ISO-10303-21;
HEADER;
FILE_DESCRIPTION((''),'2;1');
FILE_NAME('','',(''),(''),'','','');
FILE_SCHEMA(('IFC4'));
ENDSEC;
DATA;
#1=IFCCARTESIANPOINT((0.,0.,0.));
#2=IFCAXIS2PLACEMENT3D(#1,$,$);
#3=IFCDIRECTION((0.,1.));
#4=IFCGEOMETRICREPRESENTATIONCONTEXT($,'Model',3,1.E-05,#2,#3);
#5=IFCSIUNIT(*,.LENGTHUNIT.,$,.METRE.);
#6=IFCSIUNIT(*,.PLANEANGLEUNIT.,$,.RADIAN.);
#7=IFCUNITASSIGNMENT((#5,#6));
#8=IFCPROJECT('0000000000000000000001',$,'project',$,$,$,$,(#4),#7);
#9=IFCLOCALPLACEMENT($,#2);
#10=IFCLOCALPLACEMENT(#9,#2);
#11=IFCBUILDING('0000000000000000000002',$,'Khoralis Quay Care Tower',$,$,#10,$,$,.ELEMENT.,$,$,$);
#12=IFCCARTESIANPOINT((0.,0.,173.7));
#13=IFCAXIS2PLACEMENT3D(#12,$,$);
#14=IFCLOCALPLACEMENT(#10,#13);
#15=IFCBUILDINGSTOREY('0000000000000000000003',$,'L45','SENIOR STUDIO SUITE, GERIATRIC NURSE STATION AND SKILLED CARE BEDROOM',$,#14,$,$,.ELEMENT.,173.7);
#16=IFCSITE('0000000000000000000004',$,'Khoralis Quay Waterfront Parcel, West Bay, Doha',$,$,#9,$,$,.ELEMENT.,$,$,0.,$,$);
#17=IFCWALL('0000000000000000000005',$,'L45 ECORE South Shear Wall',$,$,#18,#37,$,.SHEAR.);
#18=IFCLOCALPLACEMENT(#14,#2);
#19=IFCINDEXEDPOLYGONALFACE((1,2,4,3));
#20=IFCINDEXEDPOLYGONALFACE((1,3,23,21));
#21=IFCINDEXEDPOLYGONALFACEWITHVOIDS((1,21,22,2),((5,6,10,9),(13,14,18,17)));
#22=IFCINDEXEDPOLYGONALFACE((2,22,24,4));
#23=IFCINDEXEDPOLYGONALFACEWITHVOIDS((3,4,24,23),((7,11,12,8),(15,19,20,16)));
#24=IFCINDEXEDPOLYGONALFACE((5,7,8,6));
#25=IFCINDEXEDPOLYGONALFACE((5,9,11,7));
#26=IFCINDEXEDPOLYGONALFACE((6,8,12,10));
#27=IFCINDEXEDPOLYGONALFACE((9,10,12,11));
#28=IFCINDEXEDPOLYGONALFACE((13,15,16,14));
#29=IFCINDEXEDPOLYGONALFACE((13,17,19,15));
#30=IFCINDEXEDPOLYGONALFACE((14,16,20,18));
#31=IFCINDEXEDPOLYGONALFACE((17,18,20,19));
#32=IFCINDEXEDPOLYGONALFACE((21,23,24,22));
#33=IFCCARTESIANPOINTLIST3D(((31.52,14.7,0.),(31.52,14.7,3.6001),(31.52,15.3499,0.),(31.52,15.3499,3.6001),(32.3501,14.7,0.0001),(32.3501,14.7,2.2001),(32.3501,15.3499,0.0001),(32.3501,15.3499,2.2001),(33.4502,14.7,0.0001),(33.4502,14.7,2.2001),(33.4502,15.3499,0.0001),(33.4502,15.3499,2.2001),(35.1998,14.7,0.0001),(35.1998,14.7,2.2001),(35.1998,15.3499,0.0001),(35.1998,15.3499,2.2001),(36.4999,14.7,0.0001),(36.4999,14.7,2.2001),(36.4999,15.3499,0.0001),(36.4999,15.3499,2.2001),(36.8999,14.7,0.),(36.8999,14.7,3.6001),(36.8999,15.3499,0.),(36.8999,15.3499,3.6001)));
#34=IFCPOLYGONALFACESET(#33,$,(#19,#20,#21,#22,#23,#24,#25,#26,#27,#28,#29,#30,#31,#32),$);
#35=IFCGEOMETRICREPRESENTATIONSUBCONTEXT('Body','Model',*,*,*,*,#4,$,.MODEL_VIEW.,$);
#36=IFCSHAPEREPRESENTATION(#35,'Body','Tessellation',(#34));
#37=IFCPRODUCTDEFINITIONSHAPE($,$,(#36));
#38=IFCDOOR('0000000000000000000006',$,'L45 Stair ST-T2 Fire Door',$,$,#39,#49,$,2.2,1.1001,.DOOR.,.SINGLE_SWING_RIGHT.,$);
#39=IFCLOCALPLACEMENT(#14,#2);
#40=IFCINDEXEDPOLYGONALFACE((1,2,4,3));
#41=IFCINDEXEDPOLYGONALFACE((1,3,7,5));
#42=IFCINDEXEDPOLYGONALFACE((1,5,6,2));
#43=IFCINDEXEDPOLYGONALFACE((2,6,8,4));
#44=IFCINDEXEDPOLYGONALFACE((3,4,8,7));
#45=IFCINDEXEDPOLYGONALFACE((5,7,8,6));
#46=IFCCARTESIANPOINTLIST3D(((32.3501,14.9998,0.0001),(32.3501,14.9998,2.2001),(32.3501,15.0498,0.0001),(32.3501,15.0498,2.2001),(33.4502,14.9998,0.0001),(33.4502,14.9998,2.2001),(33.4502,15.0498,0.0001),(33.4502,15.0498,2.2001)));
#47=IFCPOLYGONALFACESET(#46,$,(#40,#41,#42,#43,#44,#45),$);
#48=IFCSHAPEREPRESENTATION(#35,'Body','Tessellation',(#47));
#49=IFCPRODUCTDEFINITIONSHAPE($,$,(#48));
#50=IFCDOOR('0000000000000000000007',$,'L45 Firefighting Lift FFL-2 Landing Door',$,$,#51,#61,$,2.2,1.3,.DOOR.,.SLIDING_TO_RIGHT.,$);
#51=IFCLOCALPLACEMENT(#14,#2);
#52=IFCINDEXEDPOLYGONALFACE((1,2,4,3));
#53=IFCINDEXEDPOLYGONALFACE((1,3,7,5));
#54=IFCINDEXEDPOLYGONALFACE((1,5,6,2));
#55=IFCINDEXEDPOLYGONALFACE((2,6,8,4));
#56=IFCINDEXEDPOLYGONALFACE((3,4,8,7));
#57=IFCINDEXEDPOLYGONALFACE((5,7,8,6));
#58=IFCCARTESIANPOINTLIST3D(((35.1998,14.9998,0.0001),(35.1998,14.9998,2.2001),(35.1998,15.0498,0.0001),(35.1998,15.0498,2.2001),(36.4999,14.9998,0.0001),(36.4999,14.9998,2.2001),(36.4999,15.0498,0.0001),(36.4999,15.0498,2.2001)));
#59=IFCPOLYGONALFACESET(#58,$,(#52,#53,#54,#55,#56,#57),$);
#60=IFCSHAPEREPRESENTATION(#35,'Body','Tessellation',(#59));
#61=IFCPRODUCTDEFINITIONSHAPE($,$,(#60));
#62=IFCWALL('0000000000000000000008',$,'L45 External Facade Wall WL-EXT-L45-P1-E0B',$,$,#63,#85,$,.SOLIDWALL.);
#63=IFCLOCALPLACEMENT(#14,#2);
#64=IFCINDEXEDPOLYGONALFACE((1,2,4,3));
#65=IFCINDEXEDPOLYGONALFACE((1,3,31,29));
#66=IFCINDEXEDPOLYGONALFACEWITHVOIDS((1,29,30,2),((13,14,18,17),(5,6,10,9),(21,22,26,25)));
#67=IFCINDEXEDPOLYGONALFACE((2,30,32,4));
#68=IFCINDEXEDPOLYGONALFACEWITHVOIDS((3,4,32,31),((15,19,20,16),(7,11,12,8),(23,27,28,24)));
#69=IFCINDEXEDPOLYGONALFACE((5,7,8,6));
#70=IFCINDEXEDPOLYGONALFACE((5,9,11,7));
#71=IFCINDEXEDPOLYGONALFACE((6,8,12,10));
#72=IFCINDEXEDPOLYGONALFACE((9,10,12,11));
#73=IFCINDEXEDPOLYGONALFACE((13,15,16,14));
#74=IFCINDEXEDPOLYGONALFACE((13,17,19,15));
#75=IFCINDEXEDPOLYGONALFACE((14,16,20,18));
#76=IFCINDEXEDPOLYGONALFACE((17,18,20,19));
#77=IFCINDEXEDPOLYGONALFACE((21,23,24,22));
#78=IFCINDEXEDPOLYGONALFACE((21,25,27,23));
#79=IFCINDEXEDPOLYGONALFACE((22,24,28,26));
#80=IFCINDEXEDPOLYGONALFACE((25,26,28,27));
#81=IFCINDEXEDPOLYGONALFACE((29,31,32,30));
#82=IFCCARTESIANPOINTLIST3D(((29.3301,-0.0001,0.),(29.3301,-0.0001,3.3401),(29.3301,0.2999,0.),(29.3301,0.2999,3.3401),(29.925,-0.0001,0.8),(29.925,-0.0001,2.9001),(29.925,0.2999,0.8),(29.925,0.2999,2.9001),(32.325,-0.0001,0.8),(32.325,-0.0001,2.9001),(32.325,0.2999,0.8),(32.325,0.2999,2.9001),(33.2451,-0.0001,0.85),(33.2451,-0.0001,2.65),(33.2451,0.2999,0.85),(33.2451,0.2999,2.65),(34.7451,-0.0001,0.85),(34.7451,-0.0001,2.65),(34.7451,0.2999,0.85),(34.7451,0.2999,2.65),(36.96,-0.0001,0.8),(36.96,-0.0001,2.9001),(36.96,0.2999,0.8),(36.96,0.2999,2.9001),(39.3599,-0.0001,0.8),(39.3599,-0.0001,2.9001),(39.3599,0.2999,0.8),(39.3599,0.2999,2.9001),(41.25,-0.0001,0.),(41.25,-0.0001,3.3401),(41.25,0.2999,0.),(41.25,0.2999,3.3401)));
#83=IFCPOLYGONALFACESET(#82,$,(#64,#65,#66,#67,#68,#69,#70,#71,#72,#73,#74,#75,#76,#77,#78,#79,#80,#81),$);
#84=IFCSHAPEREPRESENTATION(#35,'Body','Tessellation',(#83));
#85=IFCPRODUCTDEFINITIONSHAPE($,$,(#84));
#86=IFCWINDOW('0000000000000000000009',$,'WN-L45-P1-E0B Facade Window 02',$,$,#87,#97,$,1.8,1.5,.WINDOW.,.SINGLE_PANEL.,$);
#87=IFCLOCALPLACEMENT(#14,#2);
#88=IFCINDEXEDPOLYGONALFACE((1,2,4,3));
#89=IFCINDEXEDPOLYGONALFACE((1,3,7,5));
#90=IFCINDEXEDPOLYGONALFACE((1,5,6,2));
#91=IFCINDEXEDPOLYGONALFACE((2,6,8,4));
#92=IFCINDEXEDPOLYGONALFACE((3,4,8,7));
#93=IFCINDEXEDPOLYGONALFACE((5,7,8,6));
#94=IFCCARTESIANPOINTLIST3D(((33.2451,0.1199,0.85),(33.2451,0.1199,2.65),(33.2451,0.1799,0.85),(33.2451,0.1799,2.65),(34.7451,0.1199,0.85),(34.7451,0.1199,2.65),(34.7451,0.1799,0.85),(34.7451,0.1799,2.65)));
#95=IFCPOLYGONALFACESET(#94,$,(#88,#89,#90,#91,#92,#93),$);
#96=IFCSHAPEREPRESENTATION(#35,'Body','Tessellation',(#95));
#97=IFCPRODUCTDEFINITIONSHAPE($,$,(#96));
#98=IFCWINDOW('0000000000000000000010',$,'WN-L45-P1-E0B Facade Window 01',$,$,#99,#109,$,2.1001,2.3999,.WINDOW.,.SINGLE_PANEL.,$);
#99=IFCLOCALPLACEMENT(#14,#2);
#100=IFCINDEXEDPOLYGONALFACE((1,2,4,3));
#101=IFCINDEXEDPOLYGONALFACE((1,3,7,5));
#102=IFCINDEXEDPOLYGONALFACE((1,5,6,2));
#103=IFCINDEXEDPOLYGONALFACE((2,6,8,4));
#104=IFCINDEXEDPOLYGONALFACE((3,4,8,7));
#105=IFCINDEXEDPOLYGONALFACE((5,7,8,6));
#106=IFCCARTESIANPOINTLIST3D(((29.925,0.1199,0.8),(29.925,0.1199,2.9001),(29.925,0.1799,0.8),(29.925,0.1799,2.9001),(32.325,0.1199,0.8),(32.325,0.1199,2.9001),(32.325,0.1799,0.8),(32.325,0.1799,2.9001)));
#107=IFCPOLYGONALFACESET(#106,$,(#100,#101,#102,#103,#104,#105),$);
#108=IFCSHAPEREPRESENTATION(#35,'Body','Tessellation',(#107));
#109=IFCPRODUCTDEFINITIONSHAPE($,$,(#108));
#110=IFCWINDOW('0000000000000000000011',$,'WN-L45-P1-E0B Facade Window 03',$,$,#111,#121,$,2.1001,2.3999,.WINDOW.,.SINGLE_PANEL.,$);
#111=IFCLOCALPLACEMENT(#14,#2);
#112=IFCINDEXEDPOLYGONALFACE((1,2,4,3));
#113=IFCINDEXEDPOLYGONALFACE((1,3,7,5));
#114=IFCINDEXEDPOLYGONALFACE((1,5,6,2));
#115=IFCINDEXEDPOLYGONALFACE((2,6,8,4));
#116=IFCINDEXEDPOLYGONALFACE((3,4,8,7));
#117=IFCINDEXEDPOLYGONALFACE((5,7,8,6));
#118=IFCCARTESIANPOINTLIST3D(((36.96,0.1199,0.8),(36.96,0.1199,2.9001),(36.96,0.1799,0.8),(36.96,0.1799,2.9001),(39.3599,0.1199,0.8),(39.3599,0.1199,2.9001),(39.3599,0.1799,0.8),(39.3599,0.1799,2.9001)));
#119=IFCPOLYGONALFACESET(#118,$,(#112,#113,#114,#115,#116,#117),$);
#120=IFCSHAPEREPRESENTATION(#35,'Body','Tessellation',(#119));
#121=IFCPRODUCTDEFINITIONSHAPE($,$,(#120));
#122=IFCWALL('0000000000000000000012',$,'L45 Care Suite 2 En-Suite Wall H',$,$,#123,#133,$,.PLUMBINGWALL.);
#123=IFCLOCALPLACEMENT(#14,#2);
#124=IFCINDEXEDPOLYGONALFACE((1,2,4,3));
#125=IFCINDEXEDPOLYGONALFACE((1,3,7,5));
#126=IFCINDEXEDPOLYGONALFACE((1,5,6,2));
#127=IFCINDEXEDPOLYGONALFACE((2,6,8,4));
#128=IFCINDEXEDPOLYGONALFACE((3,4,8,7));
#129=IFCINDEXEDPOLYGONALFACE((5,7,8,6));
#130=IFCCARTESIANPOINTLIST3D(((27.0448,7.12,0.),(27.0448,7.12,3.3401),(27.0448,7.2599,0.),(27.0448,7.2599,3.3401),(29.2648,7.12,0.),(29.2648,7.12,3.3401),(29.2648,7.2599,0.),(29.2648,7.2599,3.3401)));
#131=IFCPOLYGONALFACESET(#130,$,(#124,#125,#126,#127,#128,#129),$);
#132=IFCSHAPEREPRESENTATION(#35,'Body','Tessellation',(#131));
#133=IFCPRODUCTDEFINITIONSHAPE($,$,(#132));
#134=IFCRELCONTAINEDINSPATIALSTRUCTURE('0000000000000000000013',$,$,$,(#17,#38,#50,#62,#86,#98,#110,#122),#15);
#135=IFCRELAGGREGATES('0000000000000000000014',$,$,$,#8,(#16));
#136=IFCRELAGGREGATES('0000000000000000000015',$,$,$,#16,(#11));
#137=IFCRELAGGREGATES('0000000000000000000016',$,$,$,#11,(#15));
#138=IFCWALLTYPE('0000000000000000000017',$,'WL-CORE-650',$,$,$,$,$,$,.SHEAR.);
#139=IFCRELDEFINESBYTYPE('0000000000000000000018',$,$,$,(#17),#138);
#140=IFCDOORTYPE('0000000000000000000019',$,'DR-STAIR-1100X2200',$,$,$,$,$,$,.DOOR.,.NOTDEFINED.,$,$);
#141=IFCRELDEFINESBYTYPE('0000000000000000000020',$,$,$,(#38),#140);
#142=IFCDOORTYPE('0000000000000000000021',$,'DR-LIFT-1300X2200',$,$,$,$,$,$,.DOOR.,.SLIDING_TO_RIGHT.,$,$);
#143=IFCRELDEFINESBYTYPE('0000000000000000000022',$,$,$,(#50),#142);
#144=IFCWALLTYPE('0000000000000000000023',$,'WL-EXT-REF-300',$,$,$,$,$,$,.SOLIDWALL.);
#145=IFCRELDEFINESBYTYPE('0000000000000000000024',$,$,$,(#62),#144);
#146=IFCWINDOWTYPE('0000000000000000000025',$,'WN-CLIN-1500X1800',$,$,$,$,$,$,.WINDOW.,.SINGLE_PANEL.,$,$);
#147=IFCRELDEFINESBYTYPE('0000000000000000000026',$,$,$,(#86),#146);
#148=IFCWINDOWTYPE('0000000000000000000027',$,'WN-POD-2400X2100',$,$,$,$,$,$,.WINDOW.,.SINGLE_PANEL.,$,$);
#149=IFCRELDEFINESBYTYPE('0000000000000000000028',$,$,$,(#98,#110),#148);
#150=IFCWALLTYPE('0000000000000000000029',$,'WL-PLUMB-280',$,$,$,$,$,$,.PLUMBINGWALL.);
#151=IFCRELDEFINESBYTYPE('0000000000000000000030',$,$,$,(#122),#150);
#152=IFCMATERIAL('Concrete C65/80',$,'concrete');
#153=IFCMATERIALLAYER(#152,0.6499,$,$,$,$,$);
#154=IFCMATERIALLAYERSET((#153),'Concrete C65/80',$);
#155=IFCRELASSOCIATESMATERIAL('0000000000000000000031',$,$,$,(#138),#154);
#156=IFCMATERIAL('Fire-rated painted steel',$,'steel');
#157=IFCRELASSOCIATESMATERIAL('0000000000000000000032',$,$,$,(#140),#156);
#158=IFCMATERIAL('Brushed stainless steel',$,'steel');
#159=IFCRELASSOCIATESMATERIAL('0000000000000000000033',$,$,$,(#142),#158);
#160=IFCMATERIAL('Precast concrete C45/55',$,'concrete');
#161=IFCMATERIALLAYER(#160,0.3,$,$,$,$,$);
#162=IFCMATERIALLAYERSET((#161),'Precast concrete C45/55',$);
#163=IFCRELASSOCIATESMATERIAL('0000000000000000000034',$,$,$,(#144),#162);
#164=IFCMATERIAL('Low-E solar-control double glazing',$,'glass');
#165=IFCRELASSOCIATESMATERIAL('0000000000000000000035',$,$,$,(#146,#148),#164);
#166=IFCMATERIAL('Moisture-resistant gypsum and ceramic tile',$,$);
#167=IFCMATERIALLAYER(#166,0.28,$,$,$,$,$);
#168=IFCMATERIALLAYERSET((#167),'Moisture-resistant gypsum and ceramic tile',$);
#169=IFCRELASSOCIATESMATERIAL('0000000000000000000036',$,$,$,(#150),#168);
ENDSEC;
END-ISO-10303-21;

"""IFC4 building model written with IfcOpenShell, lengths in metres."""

from ifc_helpers import new_model, si_unit, direction, frame, frame_2d, origin, place, context, subcontext, project, spatial, rectangle, extrude, source, transform, mapped, material, layer, layer_set, type_object, element, fill, save


model = new_model("IFC4")

# Units and contexts
model_context = context("Model", 3, precision=1e-05, world=origin(), true_north=direction((0.0, 1.0)))
body_context = subcontext(model_context, "Body", "Model", "MODEL_VIEW")
ifc_project = project(units=[si_unit("LENGTHUNIT", "METRE"), si_unit("PLANEANGLEUNIT", "RADIAN")], contexts=[model_context])

# Site, building, storey
site_placement = place(None, origin())
site = spatial("IfcSite", under=ifc_project, at=site_placement, Name="Khoralis Quay Waterfront Parcel, West Bay, Doha", CompositionType="ELEMENT", RefElevation=0.0)
building_placement = place(site_placement, origin())
building = spatial("IfcBuilding", under=site, at=building_placement, Name="Khoralis Quay Care Tower", CompositionType="ELEMENT")
storey_placement = place(building_placement, frame((0.0, 0.0, 173.7)))
storey = spatial("IfcBuildingStorey", under=building, at=storey_placement, Name="L45", Description="SENIOR STUDIO SUITE, GERIATRIC NURSE STATION AND SKILLED CARE BEDROOM", CompositionType="ELEMENT", Elevation=173.7)

# Shared definitions
ifc_material_1 = material(Name="Concrete C65/80", Category="concrete")

# Shared definitions
ifc_material_2 = material(Name="Fire-rated painted steel", Category="steel")

# Shared definitions
ifc_layer_1 = layer(ifc_material_1, 0.6499)
ifc_layer_set_1 = layer_set([ifc_layer_1], Name="Concrete C65/80")
wall_type_1 = type_object("IfcWallType", Name="WL-CORE-650", PredefinedType="SHEAR", material=ifc_layer_set_1)

# Wall, openings, doors
wall_1_placement = place(storey_placement, frame((31.52, 15.0249, 0.0), z_axis=(0.0, 0.0, 1.0), x_axis=(1.0, 0.0, 0.0)))
wall_1 = element("IfcWall", 1, at=wall_1_placement, inside=storey, type_object=wall_type_1, Name="L45 ECORE South Shear Wall", PredefinedType="SHEAR", context=body_context, shape_type="SweptSolid", body=[
    extrude(rectangle(XDim=5.3799, YDim=0.6499, at=frame_2d((2.6899, 0.0))), origin(), (0.0, 0.0, 1.0), 3.6001),
])
opening_1_placement = place(wall_1_placement, frame((0.8301, 0.0, 0.0)))
opening_1 = element("IfcOpeningElement", 2, at=opening_1_placement, cuts=wall_1, PredefinedType="OPENING", context=body_context, shape_type="SweptSolid", body=[
    extrude(rectangle(XDim=1.1001, YDim=2.2, at=frame_2d((0.55, 1.1001))), frame((0.0, 0.335, 0.0), z_axis=(0.0, -1.0, 0.0), x_axis=(1.0, 0.0, 0.0)), (0.0, 0.0, 1.0), 0.6699),
])
opening_2_placement = place(wall_1_placement, frame((3.6799, 0.0, 0.0)))
opening_2 = element("IfcOpeningElement", 3, at=opening_2_placement, cuts=wall_1, PredefinedType="OPENING", context=body_context, shape_type="SweptSolid", body=[
    extrude(rectangle(XDim=1.3, YDim=2.2, at=frame_2d((0.6499, 1.1001))), frame((0.0, 0.335, 0.0), z_axis=(0.0, -1.0, 0.0), x_axis=(1.0, 0.0, 0.0)), (0.0, 0.0, 1.0), 0.6699),
])
door_type_1 = type_object("IfcDoorType", Name="DR-STAIR-1100X2200", OperationType="NOTDEFINED", PredefinedType="DOOR", material=ifc_material_2)
shared_shape_1 = source(origin(), body_context, "Body", "SweptSolid", [
    extrude(rectangle(XDim=1.1001, YDim=2.2, at=frame_2d((0.55, 1.1001))), frame((0.0, 0.0249, 0.0), z_axis=(0.0, -1.0, 0.0), x_axis=(1.0, 0.0, 0.0)), (0.0, 0.0, 1.0), 0.05),
])
door_1_placement = place(opening_1_placement, origin())
door_1 = element("IfcDoor", 4, at=door_1_placement, inside=storey, type_object=door_type_1, Name="L45 Stair ST-T2 Fire Door", OperationType="SINGLE_SWING_RIGHT", OverallHeight=2.2, OverallWidth=1.1001, PredefinedType="DOOR", context=body_context, shape_type="MappedRepresentation", body=[
    mapped(shared_shape_1, transform((0.0, 0.0, 0.0), scale=1.0)),
])
fill(opening_1, door_1)
ifc_material_3 = material(Name="Brushed stainless steel", Category="steel")
door_type_2 = type_object("IfcDoorType", Name="DR-LIFT-1300X2200", OperationType="SLIDING_TO_RIGHT", PredefinedType="DOOR", material=ifc_material_3)
shared_shape_2 = source(origin(), body_context, "Body", "SweptSolid", [
    extrude(rectangle(XDim=1.3, YDim=2.2, at=frame_2d((0.6499, 1.1001))), frame((0.0, 0.0249, 0.0), z_axis=(0.0, -1.0, 0.0), x_axis=(1.0, 0.0, 0.0)), (0.0, 0.0, 1.0), 0.05),
])
door_2_placement = place(opening_2_placement, origin())
door_2 = element("IfcDoor", 5, at=door_2_placement, inside=storey, type_object=door_type_2, Name="L45 Firefighting Lift FFL-2 Landing Door", OperationType="SLIDING_TO_RIGHT", OverallHeight=2.2, OverallWidth=1.3, PredefinedType="DOOR", context=body_context, shape_type="MappedRepresentation", body=[
    mapped(shared_shape_2, transform((0.0, 0.0, 0.0), scale=1.0)),
])
fill(opening_2, door_2)

# Wall, openings, windows
ifc_material_4 = material(Name="Precast concrete C45/55", Category="concrete")
ifc_layer_2 = layer(ifc_material_4, 0.3)
ifc_layer_set_2 = layer_set([ifc_layer_2], Name="Precast concrete C45/55")
wall_type_2 = type_object("IfcWallType", Name="WL-EXT-REF-300", PredefinedType="SOLIDWALL", material=ifc_layer_set_2)
wall_2_placement = place(storey_placement, frame((29.3301, 0.1499, 0.0), z_axis=(0.0, 0.0, 1.0), x_axis=(1.0, 0.0, 0.0)))
wall_2 = element("IfcWall", 6, at=wall_2_placement, inside=storey, type_object=wall_type_2, Name="L45 External Facade Wall WL-EXT-L45-P1-E0B", PredefinedType="SOLIDWALL", context=body_context, shape_type="SweptSolid", body=[
    extrude(rectangle(XDim=11.9199, YDim=0.3, at=frame_2d((5.96, 0.0))), origin(), (0.0, 0.0, 1.0), 3.3401),
])
opening_3_placement = place(wall_2_placement, frame((0.595, 0.0, 0.8)))
opening_3 = element("IfcOpeningElement", 7, at=opening_3_placement, cuts=wall_2, PredefinedType="OPENING", context=body_context, shape_type="SweptSolid", body=[
    extrude(rectangle(XDim=2.3999, YDim=2.1001, at=frame_2d((1.2, 1.05))), frame((0.0, 0.1602, 0.0), z_axis=(0.0, -1.0, 0.0), x_axis=(1.0, 0.0, 0.0)), (0.0, 0.0, 1.0), 0.3201),
])
opening_4_placement = place(wall_2_placement, frame((3.915, 0.0, 0.8501)))
opening_4 = element("IfcOpeningElement", 8, at=opening_4_placement, cuts=wall_2, PredefinedType="OPENING", context=body_context, shape_type="SweptSolid", body=[
    extrude(rectangle(XDim=1.5, YDim=1.8, at=frame_2d((0.75, 0.8999))), frame((0.0, 0.1602, 0.0), z_axis=(0.0, -1.0, 0.0), x_axis=(1.0, 0.0, 0.0)), (0.0, 0.0, 1.0), 0.3201),
])
opening_5_placement = place(wall_2_placement, frame((7.6299, 0.0, 0.8)))
opening_5 = element("IfcOpeningElement", 9, at=opening_5_placement, cuts=wall_2, PredefinedType="OPENING", context=body_context, shape_type="SweptSolid", body=[
    extrude(rectangle(XDim=2.3999, YDim=2.1001, at=frame_2d((1.2, 1.05))), frame((0.0, 0.1602, 0.0), z_axis=(0.0, -1.0, 0.0), x_axis=(1.0, 0.0, 0.0)), (0.0, 0.0, 1.0), 0.3201),
])
ifc_material_5 = material(Name="Low-E solar-control double glazing", Category="glass")
window_type_1 = type_object("IfcWindowType", Name="WN-CLIN-1500X1800", PartitioningType="SINGLE_PANEL", PredefinedType="WINDOW", material=ifc_material_5)
shared_shape_3 = source(origin(), body_context, "Body", "SweptSolid", [
    extrude(rectangle(XDim=1.5, YDim=1.8, at=frame_2d((0.75, 0.8999))), frame((0.0, 0.03, 0.0), z_axis=(0.0, -1.0, 0.0), x_axis=(1.0, 0.0, 0.0)), (0.0, 0.0, 1.0), 0.0601),
])
window_1_placement = place(opening_4_placement, origin())
window_1 = element("IfcWindow", 10, at=window_1_placement, inside=storey, type_object=window_type_1, Name="WN-L45-P1-E0B Facade Window 02", OverallHeight=1.8, OverallWidth=1.5, PartitioningType="SINGLE_PANEL", PredefinedType="WINDOW", context=body_context, shape_type="MappedRepresentation", body=[
    mapped(shared_shape_3, transform((0.0, 0.0, 0.0), scale=1.0)),
])
fill(opening_4, window_1)
window_type_2 = type_object("IfcWindowType", Name="WN-POD-2400X2100", PartitioningType="SINGLE_PANEL", PredefinedType="WINDOW", material=ifc_material_5)
shared_shape_4 = source(origin(), body_context, "Body", "SweptSolid", [
    extrude(rectangle(XDim=2.3999, YDim=2.1001, at=frame_2d((1.2, 1.05))), frame((0.0, 0.03, 0.0), z_axis=(0.0, -1.0, 0.0), x_axis=(1.0, 0.0, 0.0)), (0.0, 0.0, 1.0), 0.0601),
])
window_2_placement = place(opening_3_placement, origin())
window_2 = element("IfcWindow", 11, at=window_2_placement, inside=storey, type_object=window_type_2, Name="WN-L45-P1-E0B Facade Window 01", OverallHeight=2.1001, OverallWidth=2.3999, PartitioningType="SINGLE_PANEL", PredefinedType="WINDOW", context=body_context, shape_type="MappedRepresentation", body=[
    mapped(shared_shape_4, transform((0.0, 0.0, 0.0), scale=1.0)),
])
fill(opening_3, window_2)
window_3_placement = place(opening_5_placement, origin())
window_3 = element("IfcWindow", 12, at=window_3_placement, inside=storey, type_object=window_type_2, Name="WN-L45-P1-E0B Facade Window 03", OverallHeight=2.1001, OverallWidth=2.3999, PartitioningType="SINGLE_PANEL", PredefinedType="WINDOW", context=body_context, shape_type="MappedRepresentation", body=[
    mapped(shared_shape_4, transform((0.0, 0.0, 0.0), scale=1.0)),
])
fill(opening_5, window_3)

# Wall
ifc_material_6 = material(Name="Moisture-resistant gypsum and ceramic tile")
ifc_layer_3 = layer(ifc_material_6, 0.28)
ifc_layer_set_3 = layer_set([ifc_layer_3], Name="Moisture-resistant gypsum and ceramic tile")
wall_type_3 = type_object("IfcWallType", Name="WL-PLUMB-280", PredefinedType="PLUMBINGWALL", material=ifc_layer_set_3)
wall_3_placement = place(storey_placement, frame((27.0449, 7.1899, 0.0), z_axis=(0.0, 0.0, 1.0), x_axis=(1.0, 0.0, 0.0)))
element("IfcWall", 13, at=wall_3_placement, inside=storey, type_object=wall_type_3, Name="L45 Care Suite 2 En-Suite Wall H", PredefinedType="PLUMBINGWALL", context=body_context, shape_type="SweptSolid", body=[
    extrude(rectangle(XDim=2.22, YDim=0.1399, at=frame_2d((1.1099, 0.0))), origin(), (0.0, 0.0, 1.0), 3.3401),
])

save(model, "model.ifc")
